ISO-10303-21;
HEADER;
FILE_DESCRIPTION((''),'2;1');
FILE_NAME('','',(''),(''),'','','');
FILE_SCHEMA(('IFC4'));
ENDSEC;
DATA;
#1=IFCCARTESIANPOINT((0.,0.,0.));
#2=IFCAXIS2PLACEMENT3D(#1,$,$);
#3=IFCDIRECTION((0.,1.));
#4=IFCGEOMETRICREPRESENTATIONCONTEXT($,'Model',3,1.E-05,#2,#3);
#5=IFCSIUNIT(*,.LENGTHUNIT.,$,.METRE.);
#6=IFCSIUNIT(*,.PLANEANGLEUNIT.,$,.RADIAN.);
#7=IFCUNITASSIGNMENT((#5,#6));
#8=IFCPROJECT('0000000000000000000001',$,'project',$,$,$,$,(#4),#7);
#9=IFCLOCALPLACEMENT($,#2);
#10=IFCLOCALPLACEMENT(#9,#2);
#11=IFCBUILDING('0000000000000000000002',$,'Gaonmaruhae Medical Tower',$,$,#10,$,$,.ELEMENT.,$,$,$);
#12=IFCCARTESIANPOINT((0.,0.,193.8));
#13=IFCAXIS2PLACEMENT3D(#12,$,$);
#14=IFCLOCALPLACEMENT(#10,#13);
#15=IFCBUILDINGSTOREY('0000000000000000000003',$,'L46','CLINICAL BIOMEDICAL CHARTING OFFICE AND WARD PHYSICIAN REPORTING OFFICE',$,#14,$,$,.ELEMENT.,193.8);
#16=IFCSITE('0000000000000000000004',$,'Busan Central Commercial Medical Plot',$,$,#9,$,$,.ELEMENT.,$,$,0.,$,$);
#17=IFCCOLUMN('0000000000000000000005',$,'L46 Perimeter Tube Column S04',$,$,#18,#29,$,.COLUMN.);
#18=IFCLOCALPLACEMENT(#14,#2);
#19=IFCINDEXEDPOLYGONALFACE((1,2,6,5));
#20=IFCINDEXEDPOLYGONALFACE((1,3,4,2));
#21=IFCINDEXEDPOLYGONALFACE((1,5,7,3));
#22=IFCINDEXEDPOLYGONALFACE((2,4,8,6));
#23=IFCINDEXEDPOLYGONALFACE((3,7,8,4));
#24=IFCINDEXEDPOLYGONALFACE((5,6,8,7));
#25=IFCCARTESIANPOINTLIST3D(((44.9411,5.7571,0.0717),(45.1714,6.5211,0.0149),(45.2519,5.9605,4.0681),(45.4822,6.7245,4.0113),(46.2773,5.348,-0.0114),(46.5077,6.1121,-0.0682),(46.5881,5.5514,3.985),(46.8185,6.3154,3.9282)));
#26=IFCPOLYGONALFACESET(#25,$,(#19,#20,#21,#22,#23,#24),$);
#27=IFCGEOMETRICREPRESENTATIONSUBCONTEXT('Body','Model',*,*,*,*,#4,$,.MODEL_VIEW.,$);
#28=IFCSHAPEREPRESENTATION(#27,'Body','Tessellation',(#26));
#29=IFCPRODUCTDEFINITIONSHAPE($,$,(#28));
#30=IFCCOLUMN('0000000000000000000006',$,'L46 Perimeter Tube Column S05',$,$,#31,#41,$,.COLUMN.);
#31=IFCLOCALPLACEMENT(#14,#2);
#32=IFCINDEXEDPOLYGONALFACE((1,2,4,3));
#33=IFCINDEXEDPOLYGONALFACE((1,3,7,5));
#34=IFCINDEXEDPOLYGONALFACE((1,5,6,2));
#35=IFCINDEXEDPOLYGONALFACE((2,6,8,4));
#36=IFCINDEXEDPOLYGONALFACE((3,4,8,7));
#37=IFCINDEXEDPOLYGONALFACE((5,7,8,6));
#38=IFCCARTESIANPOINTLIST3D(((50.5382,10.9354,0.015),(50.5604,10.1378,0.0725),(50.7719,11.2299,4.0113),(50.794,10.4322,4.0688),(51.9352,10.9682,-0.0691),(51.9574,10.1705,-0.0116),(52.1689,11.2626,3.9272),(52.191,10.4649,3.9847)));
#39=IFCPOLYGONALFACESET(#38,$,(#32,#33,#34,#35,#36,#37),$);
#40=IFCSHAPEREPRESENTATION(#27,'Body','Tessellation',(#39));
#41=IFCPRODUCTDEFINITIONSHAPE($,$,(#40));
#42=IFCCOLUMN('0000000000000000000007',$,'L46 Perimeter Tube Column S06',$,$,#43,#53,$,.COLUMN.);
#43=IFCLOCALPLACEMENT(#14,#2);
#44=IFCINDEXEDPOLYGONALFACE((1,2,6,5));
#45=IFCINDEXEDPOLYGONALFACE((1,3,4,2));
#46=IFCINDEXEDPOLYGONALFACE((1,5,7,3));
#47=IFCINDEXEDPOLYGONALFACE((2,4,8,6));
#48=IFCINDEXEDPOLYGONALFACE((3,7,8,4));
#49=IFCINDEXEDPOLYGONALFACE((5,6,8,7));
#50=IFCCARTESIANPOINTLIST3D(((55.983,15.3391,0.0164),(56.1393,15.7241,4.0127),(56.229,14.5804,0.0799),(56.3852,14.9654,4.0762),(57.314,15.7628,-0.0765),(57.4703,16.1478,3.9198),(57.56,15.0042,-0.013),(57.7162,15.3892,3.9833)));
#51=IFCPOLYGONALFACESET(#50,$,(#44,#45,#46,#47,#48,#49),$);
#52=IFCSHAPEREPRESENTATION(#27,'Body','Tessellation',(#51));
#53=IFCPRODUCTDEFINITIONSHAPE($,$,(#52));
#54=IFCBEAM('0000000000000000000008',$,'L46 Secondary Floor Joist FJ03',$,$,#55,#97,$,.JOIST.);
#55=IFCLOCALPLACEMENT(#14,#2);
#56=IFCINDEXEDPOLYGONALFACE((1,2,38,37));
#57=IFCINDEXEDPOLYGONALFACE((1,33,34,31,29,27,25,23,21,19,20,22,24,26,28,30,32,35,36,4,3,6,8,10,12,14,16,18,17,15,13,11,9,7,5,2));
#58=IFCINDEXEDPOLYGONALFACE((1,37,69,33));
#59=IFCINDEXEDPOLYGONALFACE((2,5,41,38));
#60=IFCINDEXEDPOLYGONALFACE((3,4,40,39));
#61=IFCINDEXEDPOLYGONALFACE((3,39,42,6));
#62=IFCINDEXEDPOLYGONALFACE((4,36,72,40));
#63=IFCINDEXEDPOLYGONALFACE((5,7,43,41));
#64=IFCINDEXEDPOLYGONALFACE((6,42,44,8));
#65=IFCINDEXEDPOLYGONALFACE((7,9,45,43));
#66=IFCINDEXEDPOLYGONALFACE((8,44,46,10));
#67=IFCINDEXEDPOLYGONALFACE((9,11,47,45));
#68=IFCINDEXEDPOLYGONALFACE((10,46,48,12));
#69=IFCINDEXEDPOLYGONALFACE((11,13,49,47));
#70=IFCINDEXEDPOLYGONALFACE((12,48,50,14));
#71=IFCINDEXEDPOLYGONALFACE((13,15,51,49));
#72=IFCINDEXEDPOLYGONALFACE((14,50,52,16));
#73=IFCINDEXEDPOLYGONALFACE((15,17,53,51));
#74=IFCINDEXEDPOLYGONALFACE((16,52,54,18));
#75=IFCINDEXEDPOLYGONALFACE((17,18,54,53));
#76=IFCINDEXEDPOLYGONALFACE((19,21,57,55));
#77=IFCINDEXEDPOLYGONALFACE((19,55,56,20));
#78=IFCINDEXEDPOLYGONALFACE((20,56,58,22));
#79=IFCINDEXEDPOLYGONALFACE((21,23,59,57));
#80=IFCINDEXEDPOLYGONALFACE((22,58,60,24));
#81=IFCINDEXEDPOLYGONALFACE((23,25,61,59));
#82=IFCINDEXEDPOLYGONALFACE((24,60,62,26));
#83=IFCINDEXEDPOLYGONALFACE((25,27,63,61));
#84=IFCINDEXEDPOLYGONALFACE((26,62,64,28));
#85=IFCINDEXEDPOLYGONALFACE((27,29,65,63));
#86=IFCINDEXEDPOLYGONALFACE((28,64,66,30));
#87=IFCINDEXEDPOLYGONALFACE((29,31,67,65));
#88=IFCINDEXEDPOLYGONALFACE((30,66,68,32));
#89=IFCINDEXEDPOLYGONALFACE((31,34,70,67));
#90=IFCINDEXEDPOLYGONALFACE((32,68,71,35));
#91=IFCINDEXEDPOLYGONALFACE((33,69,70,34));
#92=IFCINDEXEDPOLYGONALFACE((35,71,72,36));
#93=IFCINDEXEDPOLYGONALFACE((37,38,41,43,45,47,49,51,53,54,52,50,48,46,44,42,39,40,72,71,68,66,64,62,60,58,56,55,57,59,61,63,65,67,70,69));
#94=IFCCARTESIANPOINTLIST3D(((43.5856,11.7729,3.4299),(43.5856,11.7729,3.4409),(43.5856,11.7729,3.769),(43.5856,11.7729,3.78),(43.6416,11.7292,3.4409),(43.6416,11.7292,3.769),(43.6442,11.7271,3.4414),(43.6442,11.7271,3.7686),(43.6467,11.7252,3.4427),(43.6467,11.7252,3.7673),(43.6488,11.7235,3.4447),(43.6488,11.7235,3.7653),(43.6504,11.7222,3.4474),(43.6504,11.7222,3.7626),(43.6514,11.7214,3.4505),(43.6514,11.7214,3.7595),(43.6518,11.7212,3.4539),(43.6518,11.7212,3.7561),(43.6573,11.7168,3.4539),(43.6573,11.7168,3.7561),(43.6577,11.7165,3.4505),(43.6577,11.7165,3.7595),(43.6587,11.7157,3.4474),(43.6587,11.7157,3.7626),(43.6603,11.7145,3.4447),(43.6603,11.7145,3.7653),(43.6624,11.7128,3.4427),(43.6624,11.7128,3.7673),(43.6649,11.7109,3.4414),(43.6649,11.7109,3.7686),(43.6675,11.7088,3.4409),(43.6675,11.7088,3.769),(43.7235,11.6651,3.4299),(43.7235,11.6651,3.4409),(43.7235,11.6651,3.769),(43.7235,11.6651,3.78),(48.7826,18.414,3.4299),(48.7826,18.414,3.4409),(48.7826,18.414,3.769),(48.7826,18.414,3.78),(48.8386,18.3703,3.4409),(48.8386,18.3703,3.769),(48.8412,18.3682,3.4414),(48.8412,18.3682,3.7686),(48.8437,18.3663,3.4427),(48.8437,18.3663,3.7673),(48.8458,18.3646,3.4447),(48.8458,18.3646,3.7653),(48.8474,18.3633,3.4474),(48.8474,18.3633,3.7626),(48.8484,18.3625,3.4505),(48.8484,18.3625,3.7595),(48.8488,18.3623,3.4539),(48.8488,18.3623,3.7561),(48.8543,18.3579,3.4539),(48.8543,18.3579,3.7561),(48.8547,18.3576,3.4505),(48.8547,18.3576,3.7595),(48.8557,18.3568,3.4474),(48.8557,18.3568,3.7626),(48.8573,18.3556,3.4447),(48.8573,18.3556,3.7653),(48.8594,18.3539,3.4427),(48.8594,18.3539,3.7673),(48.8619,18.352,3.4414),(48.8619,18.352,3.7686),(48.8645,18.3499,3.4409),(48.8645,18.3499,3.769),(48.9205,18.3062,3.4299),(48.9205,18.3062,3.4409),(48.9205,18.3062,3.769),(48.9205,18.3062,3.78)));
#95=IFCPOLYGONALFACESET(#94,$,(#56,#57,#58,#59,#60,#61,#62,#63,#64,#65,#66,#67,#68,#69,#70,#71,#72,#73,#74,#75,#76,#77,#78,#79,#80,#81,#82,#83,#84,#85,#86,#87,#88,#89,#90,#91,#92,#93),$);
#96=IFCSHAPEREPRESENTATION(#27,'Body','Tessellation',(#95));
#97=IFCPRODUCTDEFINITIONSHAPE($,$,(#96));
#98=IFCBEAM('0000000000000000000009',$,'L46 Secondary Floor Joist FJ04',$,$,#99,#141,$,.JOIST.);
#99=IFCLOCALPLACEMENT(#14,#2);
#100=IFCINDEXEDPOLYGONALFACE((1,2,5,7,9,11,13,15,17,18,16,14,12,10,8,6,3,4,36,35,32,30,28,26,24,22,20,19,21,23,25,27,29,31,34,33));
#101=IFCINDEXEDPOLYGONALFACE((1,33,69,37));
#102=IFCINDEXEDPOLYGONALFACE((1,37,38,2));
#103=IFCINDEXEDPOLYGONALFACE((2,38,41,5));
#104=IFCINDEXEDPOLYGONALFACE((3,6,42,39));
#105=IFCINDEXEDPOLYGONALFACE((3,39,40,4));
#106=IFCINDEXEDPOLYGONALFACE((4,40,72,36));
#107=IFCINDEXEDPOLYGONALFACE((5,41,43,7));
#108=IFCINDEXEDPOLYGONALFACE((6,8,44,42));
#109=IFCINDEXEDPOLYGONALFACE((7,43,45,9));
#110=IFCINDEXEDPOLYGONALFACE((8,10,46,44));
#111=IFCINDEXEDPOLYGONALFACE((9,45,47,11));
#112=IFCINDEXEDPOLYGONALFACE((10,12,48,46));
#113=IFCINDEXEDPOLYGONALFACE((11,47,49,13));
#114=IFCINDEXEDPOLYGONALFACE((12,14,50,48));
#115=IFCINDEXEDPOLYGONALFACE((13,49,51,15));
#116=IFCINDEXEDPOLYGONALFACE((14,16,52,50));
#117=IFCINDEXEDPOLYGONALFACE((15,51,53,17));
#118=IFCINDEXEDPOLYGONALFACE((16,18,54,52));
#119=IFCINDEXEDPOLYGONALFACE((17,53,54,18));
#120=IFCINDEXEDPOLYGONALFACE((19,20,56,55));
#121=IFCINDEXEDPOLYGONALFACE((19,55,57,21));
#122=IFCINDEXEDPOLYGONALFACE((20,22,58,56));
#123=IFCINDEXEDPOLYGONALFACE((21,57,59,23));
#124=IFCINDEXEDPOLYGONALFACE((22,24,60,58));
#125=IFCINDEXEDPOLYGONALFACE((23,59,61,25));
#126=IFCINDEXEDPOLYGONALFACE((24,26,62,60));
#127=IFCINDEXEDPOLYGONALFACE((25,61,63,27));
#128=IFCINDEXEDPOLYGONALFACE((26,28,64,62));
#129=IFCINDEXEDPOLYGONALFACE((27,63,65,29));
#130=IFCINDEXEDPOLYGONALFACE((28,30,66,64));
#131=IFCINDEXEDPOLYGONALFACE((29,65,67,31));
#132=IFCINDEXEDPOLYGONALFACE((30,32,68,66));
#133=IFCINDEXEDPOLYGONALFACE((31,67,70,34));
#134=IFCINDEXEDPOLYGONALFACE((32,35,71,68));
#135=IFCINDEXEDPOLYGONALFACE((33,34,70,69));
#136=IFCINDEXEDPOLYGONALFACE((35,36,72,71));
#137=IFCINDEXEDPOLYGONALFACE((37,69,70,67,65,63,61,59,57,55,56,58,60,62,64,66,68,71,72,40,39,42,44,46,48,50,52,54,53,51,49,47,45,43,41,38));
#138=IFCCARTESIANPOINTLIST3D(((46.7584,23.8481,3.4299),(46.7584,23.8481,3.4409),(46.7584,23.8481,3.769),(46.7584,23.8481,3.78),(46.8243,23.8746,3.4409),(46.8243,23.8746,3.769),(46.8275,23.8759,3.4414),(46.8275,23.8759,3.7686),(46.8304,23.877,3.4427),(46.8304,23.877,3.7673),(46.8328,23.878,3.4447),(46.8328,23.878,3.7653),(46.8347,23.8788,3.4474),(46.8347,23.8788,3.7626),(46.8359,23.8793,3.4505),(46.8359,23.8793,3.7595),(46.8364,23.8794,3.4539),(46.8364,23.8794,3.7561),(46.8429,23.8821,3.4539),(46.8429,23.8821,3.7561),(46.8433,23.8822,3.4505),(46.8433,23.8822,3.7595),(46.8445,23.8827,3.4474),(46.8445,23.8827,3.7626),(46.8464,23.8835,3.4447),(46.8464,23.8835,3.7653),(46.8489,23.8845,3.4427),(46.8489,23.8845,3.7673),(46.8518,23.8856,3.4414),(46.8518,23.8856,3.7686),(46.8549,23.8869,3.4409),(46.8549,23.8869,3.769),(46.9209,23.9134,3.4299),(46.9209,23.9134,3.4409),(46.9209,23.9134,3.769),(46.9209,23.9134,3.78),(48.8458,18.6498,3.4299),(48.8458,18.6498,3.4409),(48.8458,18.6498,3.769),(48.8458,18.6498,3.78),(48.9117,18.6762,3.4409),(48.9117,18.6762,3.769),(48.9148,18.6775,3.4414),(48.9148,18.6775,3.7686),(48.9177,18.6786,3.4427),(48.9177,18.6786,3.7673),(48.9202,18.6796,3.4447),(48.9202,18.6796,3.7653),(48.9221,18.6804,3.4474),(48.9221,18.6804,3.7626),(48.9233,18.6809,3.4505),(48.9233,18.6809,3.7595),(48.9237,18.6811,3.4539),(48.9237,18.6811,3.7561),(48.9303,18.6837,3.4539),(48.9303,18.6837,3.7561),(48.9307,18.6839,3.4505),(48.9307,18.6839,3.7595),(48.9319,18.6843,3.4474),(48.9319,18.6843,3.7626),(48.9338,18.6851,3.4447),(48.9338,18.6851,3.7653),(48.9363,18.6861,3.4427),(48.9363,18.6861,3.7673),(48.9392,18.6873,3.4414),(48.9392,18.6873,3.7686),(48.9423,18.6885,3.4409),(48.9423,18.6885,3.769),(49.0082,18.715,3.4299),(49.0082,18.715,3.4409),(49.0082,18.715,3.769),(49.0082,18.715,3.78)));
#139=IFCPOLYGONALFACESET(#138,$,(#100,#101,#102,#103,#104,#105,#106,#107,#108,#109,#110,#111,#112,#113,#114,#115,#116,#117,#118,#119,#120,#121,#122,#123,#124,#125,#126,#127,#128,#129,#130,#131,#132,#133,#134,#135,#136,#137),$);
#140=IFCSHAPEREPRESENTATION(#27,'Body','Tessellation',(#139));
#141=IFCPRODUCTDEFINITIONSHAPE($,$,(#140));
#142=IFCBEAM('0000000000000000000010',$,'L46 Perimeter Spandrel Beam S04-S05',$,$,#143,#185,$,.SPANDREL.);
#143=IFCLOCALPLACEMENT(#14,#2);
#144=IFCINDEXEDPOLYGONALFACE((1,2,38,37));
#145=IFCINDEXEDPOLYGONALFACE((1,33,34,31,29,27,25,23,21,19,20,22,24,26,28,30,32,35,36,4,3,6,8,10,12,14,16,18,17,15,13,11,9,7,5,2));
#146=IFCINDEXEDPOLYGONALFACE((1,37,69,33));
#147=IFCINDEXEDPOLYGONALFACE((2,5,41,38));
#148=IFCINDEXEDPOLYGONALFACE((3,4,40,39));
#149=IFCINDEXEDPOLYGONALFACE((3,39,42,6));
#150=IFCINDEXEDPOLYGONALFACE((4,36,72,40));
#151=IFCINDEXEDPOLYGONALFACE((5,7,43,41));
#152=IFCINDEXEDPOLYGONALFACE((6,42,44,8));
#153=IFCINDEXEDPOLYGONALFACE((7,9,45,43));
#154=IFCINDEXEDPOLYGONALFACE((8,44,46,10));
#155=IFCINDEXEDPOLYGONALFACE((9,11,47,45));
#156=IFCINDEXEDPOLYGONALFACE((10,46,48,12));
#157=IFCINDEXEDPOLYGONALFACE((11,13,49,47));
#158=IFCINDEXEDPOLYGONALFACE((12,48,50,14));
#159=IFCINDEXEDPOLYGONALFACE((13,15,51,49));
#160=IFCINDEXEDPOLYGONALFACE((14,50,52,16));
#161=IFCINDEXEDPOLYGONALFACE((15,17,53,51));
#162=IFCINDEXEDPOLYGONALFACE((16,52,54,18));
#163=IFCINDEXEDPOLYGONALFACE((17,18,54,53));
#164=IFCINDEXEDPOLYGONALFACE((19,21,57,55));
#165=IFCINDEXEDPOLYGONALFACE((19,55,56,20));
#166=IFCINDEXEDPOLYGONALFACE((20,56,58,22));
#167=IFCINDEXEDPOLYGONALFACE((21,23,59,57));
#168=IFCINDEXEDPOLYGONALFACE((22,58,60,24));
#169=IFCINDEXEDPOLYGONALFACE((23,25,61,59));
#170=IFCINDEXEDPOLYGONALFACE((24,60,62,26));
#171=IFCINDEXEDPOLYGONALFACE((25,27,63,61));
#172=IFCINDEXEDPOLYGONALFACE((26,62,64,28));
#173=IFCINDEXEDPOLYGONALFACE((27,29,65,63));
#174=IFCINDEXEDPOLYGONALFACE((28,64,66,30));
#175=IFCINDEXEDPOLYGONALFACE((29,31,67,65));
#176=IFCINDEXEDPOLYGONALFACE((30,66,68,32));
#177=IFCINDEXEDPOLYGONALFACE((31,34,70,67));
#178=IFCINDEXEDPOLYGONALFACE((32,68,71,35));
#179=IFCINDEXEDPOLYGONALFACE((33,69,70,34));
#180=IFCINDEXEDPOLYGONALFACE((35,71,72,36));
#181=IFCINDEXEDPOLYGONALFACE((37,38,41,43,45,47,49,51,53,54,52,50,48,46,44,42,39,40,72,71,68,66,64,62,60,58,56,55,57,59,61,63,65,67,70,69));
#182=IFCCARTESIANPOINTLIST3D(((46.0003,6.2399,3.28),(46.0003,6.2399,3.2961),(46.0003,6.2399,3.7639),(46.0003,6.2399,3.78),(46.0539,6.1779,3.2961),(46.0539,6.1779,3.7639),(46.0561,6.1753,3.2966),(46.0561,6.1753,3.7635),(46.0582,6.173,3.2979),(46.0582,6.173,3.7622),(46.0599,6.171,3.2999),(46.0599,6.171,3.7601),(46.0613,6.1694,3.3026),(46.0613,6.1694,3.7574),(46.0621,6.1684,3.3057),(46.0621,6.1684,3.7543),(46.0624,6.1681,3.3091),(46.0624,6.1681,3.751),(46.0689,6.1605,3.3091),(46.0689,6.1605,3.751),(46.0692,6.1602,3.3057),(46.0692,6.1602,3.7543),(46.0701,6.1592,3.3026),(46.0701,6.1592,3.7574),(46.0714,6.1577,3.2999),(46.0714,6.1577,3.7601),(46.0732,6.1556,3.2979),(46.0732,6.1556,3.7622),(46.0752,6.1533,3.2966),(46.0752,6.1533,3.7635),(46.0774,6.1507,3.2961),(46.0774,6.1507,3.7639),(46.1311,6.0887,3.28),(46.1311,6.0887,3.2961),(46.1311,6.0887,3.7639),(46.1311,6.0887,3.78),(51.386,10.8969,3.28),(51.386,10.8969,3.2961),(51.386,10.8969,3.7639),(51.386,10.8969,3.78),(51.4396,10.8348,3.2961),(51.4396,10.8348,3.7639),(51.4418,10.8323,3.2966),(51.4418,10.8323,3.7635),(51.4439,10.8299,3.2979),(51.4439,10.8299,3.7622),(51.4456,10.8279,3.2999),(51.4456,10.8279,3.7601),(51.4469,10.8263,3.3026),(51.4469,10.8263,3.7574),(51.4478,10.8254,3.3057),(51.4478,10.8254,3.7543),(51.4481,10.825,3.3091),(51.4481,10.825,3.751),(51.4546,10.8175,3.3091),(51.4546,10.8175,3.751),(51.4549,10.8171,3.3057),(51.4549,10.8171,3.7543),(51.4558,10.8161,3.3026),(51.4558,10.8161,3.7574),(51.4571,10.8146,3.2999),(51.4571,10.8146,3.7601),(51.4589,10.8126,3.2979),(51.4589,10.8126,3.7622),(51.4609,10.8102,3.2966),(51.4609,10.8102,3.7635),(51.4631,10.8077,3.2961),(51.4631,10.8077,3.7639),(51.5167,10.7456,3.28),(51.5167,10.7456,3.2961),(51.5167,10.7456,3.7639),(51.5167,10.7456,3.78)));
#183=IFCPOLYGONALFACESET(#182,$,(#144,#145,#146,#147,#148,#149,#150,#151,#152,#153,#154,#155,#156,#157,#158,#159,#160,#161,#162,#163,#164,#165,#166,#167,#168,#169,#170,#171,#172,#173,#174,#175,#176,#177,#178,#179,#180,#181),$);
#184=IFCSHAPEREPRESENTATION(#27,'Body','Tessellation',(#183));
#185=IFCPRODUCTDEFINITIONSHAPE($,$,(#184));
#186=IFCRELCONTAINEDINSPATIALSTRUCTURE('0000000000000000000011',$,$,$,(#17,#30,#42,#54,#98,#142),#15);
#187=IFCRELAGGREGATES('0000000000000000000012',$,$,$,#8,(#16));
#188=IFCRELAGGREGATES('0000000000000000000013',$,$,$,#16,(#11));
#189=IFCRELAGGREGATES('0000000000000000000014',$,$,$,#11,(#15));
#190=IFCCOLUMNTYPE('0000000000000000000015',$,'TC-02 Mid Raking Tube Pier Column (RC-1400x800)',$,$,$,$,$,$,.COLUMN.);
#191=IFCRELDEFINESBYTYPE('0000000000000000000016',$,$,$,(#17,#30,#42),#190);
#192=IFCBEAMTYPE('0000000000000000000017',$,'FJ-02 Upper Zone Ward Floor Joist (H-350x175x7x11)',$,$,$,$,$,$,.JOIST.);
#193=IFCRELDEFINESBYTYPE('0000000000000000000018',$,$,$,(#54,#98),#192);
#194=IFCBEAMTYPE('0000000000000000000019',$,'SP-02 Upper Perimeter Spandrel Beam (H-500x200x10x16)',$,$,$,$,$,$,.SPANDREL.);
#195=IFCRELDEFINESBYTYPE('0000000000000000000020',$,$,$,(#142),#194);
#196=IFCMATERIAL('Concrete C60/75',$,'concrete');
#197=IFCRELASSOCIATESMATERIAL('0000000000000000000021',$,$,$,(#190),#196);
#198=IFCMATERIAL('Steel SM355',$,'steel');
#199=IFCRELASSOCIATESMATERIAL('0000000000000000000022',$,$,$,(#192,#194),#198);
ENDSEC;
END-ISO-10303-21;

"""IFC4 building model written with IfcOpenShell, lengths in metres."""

from ifc_helpers import new_model, si_unit, direction, frame, origin, origin_2d, place, context, subcontext, project, spatial, rectangle, i_section, extrude, material, material_profile, profile_set, type_object, element, save


model = new_model("IFC4")

# Units and contexts
model_context = context("Model", 3, precision=1e-05, world=origin(), true_north=direction((0.0, 1.0)))
body_context = subcontext(model_context, "Body", "Model", "MODEL_VIEW")
ifc_project = project(units=[si_unit("LENGTHUNIT", "METRE"), si_unit("PLANEANGLEUNIT", "RADIAN")], contexts=[model_context])

# Site, building, storey
site_placement = place(None, origin())
site = spatial("IfcSite", under=ifc_project, at=site_placement, Name="Busan Central Commercial Medical Plot", CompositionType="ELEMENT", RefElevation=0.0)
building_placement = place(site_placement, origin())
building = spatial("IfcBuilding", under=site, at=building_placement, Name="Gaonmaruhae Medical Tower", CompositionType="ELEMENT")
storey_placement = place(building_placement, frame((0.0, 0.0, 193.8)))
storey = spatial("IfcBuildingStorey", under=building, at=storey_placement, Name="L46", Description="CLINICAL BIOMEDICAL CHARTING OFFICE AND WARD PHYSICIAN REPORTING OFFICE", CompositionType="ELEMENT", Elevation=193.8)

# Columns
ifc_material_1 = material(Name="Concrete C60/75", Category="concrete")
ifc_material_profile_1 = material_profile(ifc_material_1, rectangle(XDim=1.3999, YDim=0.8, at=origin_2d()), Name="RC-1400x800")
ifc_profile_set_1 = profile_set([ifc_material_profile_1], Name="Concrete C60/75")
column_type = type_object("IfcColumnType", Name="TC-02 Mid Raking Tube Pier Column (RC-1400x800)", PredefinedType="COLUMN", material=ifc_profile_set_1)
column_1_placement = place(storey_placement, frame((45.7244, 5.9346, 0.0017), z_axis=(0.077435, 0.050671, 0.995709), x_axis=(-0.954506, 0.292224, 0.05936)))
element("IfcColumn", 1, at=column_1_placement, inside=storey, type_object=column_type, Name="L46 Perimeter Tube Column S04", PredefinedType="COLUMN", context=body_context, shape_type="SweptSolid", body=[
    extrude(rectangle(XDim=1.3999, YDim=0.8, at=origin_2d()), origin(), (0.0, 0.0, 1.0), 4.0137),
])
column_2_placement = place(storey_placement, frame((51.2478, 10.553, 0.0017), z_axis=(0.058207, 0.073352, 0.995606), x_axis=(-0.99792, -0.023391, 0.060066)))
element("IfcColumn", 2, at=column_2_placement, inside=storey, type_object=column_type, Name="L46 Perimeter Tube Column S05", PredefinedType="COLUMN", context=body_context, shape_type="SweptSolid", body=[
    extrude(rectangle(XDim=1.3999, YDim=0.8, at=origin_2d()), origin(), (0.0, 0.0, 1.0), 4.0139),
])
column_3_placement = place(storey_placement, frame((56.7715, 15.1716, 0.0017), z_axis=(0.038889, 0.095824, 0.994638), x_axis=(-0.950777, -0.302692, 0.066335)))
element("IfcColumn", 3, at=column_3_placement, inside=storey, type_object=column_type, Name="L46 Perimeter Tube Column S06", PredefinedType="COLUMN", context=body_context, shape_type="SweptSolid", body=[
    extrude(rectangle(XDim=1.3999, YDim=0.8, at=origin_2d()), origin(), (0.0, 0.0, 1.0), 4.0178),
])

# Beams
ifc_material_2 = material(Name="Steel SM355", Category="steel")
ifc_material_profile_2 = material_profile(ifc_material_2, i_section(OverallWidth=0.175, OverallDepth=0.3501, WebThickness=0.0071, FlangeThickness=0.011, FilletRadius=0.0129, at=origin_2d()), Name="H-350x175x7x11")
ifc_profile_set_2 = profile_set([ifc_material_profile_2], Name="Steel SM355")
beam_type_1 = type_object("IfcBeamType", Name="FJ-02 Upper Zone Ward Floor Joist (H-350x175x7x11)", PredefinedType="JOIST", material=ifc_profile_set_2)
beam_1_placement = place(storey_placement, frame((43.6545, 11.719, 3.605), z_axis=(0.616281, 0.787526, 0.0), x_axis=(-0.787526, 0.616281, 0.0)))
element("IfcBeam", 4, at=beam_1_placement, inside=storey, type_object=beam_type_1, Name="L46 Secondary Floor Joist FJ03", PredefinedType="JOIST", context=body_context, shape_type="SweptSolid", body=[
    extrude(i_section(OverallWidth=0.175, OverallDepth=0.3501, WebThickness=0.0071, FlangeThickness=0.011, FilletRadius=0.0129, at=origin_2d()), origin(), (0.0, 0.0, 1.0), 8.4329),
])
beam_2_placement = place(storey_placement, frame((48.927, 18.6824, 3.605), z_axis=(-0.372623, 0.927983, 0.0), x_axis=(-0.927983, -0.372623, 0.0)))
element("IfcBeam", 5, at=beam_2_placement, inside=storey, type_object=beam_type_1, Name="L46 Secondary Floor Joist FJ04", PredefinedType="JOIST", context=body_context, shape_type="SweptSolid", body=[
    extrude(i_section(OverallWidth=0.175, OverallDepth=0.3501, WebThickness=0.0071, FlangeThickness=0.011, FilletRadius=0.0129, at=origin_2d()), origin(), (0.0, 0.0, 1.0), 5.6018),
])
ifc_material_profile_3 = material_profile(ifc_material_2, i_section(OverallWidth=0.2, OverallDepth=0.5, WebThickness=0.01, FlangeThickness=0.0161, FilletRadius=0.0129, at=origin_2d()), Name="H-500x200x10x16")
ifc_profile_set_3 = profile_set([ifc_material_profile_3], Name="Steel SM355")
beam_type_2 = type_object("IfcBeamType", Name="SP-02 Upper Perimeter Spandrel Beam (H-500x200x10x16)", PredefinedType="SPANDREL", material=ifc_profile_set_3)
for number, where, z_axis, x_axis, name in (
    (6, (46.0657, 6.1643, 3.53), (0.75643, 0.654075, 0.0), (-0.654075, 0.75643, 0.0), "L46 Perimeter Spandrel Beam S04-S05"),
):
    element("IfcBeam", number, at=place(storey_placement, frame(where, z_axis=z_axis, x_axis=x_axis)), inside=storey, type_object=beam_type_2, Name=name, PredefinedType="SPANDREL", context=body_context, shape_type="SweptSolid", body=[
        extrude(i_section(OverallWidth=0.2, OverallDepth=0.5, WebThickness=0.01, FlangeThickness=0.0161, FilletRadius=0.0129, at=origin_2d()), origin(), (0.0, 0.0, 1.0), 7.1199),
    ])

save(model, "model.ifc")
